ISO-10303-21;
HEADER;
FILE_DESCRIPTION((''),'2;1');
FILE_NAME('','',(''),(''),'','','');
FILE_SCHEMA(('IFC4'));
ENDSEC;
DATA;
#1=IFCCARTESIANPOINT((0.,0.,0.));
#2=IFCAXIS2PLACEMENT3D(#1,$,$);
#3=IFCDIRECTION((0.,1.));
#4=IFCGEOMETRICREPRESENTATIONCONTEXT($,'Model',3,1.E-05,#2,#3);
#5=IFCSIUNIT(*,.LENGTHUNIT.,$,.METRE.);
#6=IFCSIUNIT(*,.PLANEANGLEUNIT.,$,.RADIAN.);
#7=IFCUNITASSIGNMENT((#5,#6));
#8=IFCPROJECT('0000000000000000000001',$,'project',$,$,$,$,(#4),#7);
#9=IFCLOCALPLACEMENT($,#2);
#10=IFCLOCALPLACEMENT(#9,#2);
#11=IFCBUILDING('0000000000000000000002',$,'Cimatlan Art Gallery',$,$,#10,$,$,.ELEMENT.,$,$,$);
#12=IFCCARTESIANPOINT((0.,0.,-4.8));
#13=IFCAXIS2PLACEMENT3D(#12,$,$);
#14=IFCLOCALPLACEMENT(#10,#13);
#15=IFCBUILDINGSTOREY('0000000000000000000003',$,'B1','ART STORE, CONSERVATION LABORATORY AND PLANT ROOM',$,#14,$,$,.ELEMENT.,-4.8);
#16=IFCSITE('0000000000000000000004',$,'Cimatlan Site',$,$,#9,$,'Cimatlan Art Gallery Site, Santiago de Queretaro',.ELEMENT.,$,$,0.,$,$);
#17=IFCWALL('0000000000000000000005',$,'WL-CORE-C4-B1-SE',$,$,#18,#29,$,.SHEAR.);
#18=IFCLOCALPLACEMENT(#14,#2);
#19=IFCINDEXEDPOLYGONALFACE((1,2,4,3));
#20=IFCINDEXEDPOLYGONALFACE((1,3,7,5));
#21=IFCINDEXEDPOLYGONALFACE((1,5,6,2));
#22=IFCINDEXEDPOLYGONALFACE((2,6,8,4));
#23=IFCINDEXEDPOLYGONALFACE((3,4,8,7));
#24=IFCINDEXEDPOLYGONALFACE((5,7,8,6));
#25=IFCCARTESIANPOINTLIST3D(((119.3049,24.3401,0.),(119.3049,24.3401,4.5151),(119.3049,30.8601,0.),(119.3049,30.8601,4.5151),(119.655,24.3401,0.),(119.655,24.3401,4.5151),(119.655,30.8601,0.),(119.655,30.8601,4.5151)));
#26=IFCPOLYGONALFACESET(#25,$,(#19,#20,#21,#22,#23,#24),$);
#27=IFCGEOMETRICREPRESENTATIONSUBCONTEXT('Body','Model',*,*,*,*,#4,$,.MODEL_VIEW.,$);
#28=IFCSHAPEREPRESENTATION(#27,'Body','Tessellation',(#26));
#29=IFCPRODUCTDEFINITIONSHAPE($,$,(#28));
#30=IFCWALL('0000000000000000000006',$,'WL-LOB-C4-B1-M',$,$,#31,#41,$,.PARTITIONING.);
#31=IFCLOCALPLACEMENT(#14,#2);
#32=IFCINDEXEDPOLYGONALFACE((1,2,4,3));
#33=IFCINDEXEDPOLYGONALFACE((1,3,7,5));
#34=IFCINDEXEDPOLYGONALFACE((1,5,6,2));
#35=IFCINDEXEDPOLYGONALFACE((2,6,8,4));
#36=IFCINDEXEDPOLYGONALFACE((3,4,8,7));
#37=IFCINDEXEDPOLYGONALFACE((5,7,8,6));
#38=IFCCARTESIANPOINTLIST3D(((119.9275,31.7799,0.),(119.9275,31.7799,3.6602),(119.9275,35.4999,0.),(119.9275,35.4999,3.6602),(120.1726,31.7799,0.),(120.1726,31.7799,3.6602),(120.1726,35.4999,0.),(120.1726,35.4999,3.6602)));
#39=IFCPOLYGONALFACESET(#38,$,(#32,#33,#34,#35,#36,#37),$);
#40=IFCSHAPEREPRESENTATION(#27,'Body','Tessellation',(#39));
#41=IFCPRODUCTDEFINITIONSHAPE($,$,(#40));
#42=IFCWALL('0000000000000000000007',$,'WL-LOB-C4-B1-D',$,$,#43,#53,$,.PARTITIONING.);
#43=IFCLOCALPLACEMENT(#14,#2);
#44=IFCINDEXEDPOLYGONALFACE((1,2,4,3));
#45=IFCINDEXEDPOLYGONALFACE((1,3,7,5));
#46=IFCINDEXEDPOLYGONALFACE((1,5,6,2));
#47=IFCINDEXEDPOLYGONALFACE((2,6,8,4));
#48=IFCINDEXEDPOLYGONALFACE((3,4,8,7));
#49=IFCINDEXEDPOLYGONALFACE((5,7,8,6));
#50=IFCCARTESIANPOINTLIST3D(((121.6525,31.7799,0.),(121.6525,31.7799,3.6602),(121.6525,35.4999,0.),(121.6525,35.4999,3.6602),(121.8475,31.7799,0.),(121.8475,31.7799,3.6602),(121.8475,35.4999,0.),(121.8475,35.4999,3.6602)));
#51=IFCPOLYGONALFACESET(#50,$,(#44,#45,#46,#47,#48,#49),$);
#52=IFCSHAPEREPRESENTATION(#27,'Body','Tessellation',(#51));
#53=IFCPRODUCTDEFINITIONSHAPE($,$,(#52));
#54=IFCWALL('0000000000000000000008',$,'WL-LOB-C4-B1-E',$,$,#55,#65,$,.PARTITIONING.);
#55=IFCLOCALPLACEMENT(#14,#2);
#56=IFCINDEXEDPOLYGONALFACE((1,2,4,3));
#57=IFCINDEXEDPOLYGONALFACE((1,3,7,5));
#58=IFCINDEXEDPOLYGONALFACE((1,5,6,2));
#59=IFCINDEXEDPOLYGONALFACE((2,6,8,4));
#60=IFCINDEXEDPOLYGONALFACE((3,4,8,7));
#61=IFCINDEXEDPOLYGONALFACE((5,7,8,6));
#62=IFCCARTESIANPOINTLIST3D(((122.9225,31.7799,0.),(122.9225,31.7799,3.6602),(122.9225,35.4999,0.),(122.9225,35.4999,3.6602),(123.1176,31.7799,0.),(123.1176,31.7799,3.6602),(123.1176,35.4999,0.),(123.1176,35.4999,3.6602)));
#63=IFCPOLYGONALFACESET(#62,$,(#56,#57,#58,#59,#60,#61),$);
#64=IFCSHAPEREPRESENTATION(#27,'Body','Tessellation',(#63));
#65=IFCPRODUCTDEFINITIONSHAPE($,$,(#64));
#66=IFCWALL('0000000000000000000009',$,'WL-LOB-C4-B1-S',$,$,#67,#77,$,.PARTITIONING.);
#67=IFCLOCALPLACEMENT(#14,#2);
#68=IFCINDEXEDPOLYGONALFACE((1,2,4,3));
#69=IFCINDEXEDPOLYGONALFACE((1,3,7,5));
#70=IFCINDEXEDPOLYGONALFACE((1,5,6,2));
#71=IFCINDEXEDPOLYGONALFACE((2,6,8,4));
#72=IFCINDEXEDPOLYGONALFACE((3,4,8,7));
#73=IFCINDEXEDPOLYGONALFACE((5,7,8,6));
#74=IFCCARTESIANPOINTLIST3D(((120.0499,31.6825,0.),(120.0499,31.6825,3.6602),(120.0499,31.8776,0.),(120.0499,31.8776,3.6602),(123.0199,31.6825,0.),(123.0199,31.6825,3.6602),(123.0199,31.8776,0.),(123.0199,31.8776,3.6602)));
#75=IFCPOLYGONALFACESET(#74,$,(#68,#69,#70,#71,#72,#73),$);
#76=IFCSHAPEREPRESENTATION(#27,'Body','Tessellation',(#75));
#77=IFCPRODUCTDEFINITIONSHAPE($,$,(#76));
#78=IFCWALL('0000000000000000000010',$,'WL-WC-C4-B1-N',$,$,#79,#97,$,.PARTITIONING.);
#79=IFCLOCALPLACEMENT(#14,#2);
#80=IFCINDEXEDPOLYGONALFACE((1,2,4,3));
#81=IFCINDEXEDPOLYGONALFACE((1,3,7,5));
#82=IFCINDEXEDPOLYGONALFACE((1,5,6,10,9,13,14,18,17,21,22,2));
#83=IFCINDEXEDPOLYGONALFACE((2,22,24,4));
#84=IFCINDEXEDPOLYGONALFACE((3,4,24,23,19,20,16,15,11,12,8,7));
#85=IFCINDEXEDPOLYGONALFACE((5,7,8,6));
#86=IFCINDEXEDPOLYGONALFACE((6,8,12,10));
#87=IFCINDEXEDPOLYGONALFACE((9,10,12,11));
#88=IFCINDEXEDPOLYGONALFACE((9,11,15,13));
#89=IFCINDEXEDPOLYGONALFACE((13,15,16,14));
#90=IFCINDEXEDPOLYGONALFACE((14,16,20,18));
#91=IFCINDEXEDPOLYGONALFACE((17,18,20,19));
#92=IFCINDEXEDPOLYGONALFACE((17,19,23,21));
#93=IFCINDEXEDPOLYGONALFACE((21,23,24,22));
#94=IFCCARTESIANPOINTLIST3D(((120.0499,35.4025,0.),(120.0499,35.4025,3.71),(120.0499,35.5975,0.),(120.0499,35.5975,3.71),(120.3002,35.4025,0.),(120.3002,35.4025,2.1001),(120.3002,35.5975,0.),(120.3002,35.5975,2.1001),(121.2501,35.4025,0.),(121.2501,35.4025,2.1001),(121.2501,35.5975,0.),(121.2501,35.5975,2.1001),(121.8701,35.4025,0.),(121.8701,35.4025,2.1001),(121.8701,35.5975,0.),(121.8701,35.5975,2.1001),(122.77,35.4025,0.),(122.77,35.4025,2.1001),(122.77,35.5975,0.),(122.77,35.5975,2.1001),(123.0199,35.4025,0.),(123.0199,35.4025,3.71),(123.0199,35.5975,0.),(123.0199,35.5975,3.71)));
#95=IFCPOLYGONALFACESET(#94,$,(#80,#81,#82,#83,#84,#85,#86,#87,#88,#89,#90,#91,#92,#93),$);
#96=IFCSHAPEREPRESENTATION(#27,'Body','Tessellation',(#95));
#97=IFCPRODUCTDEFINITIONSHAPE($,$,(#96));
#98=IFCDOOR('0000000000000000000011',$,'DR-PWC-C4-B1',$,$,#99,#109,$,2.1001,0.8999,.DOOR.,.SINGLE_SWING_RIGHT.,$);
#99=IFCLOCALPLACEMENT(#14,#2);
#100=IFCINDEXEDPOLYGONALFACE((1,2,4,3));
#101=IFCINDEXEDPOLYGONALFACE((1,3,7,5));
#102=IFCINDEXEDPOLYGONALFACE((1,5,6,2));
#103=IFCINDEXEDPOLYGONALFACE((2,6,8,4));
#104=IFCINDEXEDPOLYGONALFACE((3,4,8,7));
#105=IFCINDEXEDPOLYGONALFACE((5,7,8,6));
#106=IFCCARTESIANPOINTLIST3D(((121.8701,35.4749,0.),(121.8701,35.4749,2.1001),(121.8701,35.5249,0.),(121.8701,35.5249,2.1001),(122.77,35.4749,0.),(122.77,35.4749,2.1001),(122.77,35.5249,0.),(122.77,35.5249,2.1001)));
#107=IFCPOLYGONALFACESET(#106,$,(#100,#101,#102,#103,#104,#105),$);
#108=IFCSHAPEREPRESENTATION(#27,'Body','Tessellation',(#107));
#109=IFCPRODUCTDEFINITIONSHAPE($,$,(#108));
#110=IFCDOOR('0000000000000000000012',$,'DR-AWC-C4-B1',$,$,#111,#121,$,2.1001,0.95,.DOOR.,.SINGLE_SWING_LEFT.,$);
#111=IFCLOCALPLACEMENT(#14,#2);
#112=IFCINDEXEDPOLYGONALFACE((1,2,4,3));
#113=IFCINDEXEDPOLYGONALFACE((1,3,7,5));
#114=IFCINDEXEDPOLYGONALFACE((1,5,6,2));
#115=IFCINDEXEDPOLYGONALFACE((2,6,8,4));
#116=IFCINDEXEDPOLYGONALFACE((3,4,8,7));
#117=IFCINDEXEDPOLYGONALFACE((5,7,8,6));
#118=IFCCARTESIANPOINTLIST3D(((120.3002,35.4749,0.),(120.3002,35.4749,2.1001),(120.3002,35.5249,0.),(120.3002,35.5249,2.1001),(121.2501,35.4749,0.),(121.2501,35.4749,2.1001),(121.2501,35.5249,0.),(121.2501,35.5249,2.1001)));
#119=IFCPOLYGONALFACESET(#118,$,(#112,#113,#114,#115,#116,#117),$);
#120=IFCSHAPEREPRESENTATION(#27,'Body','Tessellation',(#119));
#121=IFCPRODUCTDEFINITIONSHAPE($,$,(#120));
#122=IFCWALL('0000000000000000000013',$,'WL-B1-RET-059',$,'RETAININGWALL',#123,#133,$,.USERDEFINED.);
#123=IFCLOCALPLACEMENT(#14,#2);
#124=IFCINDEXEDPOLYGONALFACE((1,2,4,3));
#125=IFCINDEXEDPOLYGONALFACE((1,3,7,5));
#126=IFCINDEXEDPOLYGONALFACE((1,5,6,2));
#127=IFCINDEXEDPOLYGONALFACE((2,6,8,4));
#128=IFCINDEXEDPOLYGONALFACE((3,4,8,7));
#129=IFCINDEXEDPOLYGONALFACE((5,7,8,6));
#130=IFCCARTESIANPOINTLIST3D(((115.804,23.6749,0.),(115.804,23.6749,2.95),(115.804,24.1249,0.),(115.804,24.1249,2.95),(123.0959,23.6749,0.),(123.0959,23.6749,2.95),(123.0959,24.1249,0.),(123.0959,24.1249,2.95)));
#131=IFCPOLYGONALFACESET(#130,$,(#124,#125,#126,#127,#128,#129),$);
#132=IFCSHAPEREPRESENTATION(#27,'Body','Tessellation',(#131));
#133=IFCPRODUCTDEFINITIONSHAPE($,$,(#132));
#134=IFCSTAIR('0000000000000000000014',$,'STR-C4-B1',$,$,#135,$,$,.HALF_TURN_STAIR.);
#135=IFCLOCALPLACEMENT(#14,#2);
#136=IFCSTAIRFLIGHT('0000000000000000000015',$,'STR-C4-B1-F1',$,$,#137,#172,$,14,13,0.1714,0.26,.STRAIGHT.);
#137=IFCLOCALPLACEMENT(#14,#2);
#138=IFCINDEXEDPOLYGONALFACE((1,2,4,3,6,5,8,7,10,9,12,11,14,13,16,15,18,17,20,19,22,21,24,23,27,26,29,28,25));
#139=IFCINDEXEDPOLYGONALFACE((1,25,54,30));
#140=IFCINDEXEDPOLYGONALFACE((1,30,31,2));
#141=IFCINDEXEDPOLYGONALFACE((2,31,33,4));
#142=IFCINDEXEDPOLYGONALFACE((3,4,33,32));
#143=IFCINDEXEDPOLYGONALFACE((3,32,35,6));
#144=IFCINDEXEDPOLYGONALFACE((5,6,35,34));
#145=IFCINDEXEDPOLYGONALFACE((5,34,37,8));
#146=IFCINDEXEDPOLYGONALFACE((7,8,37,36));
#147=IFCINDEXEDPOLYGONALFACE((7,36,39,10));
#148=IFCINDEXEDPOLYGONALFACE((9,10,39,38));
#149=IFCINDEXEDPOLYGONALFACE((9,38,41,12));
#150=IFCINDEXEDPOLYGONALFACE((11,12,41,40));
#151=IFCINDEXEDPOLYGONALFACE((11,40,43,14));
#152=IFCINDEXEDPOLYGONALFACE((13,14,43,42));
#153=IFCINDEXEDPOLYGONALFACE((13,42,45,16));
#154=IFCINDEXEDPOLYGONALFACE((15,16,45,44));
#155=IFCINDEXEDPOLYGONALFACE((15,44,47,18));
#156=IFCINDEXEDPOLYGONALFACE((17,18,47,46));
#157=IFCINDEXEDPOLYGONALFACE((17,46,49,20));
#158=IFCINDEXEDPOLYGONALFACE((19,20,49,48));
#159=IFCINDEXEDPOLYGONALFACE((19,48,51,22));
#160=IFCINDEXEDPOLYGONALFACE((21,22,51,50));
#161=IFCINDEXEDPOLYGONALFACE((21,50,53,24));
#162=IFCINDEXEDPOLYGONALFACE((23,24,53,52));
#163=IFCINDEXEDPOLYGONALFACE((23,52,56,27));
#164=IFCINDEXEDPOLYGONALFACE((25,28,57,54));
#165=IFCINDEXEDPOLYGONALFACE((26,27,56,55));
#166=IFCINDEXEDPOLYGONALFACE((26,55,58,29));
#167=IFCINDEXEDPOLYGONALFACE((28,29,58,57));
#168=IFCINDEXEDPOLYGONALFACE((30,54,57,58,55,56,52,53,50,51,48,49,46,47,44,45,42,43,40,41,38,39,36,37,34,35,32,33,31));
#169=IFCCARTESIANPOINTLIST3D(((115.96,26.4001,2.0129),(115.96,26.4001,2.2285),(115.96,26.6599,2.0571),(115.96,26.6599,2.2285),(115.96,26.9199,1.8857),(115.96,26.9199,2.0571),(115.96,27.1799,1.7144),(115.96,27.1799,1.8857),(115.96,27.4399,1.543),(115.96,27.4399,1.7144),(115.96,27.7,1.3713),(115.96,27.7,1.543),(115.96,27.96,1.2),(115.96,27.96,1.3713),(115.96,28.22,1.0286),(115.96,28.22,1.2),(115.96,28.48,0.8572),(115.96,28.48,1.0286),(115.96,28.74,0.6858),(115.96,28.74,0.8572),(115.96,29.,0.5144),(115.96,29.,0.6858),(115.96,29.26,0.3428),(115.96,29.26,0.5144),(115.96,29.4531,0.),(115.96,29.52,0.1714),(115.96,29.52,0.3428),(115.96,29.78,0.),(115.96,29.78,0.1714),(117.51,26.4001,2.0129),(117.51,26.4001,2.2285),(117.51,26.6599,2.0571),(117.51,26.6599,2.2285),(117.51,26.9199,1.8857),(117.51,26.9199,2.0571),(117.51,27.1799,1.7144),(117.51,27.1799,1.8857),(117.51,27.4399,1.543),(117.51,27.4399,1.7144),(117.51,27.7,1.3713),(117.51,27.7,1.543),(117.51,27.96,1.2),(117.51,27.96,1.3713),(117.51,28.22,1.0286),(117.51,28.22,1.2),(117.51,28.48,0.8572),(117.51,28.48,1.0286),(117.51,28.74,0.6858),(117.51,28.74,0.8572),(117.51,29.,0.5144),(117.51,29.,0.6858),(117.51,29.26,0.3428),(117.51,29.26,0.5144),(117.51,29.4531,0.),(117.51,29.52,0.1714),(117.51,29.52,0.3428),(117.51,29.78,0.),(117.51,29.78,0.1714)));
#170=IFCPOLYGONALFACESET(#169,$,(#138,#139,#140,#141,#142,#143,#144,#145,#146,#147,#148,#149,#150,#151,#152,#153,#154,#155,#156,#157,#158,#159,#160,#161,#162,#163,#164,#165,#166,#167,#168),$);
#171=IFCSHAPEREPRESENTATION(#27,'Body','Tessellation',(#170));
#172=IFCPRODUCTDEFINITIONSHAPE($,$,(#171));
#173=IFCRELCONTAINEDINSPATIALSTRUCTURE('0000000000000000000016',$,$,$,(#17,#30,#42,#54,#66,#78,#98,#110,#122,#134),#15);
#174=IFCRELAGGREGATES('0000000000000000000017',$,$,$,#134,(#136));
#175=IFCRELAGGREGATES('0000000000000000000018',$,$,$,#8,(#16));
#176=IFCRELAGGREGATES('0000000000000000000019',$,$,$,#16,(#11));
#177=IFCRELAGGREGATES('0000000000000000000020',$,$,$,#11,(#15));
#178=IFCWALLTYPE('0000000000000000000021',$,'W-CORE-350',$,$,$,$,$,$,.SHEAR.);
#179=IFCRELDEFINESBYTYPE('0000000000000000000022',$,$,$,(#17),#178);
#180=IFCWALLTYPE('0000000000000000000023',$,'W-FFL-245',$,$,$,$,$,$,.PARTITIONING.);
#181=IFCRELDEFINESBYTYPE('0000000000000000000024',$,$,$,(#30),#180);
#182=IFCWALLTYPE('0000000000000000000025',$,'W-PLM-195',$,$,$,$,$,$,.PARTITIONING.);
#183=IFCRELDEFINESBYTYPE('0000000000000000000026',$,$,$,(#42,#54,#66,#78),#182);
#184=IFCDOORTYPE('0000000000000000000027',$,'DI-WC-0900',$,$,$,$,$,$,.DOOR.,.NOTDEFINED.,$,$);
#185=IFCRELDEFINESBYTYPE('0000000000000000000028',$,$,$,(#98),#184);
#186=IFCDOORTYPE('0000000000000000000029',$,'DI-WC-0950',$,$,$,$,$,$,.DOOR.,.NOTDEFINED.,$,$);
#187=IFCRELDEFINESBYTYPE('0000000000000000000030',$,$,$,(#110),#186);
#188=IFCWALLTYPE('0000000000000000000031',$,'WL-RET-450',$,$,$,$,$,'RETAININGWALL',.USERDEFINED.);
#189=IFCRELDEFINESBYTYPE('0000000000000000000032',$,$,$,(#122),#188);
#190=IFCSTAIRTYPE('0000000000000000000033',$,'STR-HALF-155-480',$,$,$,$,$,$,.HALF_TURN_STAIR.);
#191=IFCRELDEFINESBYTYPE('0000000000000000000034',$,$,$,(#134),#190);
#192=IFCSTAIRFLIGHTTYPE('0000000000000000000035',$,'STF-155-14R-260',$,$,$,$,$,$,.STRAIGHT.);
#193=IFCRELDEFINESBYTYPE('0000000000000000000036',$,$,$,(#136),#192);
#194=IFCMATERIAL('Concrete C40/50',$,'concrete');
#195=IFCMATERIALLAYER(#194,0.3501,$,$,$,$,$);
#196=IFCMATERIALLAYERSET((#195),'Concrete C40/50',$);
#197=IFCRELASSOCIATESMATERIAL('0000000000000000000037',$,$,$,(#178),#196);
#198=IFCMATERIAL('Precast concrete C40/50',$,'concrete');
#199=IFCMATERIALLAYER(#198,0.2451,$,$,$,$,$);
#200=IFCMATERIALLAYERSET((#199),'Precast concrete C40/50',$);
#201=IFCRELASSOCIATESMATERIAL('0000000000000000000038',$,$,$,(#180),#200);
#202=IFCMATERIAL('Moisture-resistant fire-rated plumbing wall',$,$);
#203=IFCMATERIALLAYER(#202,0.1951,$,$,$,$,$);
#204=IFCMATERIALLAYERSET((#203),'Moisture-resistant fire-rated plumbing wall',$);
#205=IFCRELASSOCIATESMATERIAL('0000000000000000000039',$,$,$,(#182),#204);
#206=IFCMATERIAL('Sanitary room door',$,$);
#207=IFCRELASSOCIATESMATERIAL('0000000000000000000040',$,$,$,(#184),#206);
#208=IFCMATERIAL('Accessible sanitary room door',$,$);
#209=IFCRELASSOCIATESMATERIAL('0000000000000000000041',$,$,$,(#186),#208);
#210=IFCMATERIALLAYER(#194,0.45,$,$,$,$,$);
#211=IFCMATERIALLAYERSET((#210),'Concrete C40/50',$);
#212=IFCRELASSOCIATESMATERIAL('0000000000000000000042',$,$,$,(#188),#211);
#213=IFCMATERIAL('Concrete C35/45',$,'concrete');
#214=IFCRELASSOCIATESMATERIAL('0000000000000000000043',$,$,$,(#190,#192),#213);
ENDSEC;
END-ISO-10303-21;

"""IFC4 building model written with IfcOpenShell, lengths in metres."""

from ifc_helpers import new_model, si_unit, direction, frame, frame_2d, origin, place, context, subcontext, project, spatial, polyline, rectangle, outline, extrude, material, layer, layer_set, type_object, element, fill, aggregate, save


model = new_model("IFC4")

# Units and contexts
model_context = context("Model", 3, precision=1e-05, world=origin(), true_north=direction((0.0, 1.0)))
body_context = subcontext(model_context, "Body", "Model", "MODEL_VIEW")
ifc_project = project(units=[si_unit("LENGTHUNIT", "METRE"), si_unit("PLANEANGLEUNIT", "RADIAN")], contexts=[model_context])

# Site, building, storey
site_placement = place(None, origin())
site = spatial("IfcSite", under=ifc_project, at=site_placement, Name="Cimatlan Site", LongName="Cimatlan Art Gallery Site, Santiago de Queretaro", CompositionType="ELEMENT", RefElevation=0.0)
building_placement = place(site_placement, origin())
building = spatial("IfcBuilding", under=site, at=building_placement, Name="Cimatlan Art Gallery", CompositionType="ELEMENT")
storey_placement = place(building_placement, frame((0.0, 0.0, -4.8)))
storey = spatial("IfcBuildingStorey", under=building, at=storey_placement, Name="B1", Description="ART STORE, CONSERVATION LABORATORY AND PLANT ROOM", CompositionType="ELEMENT", Elevation=-4.8)

# Shared definitions
ifc_material_1 = material(Name="Concrete C40/50", Category="concrete")

# Walls
ifc_layer_1 = layer(ifc_material_1, 0.3501)
ifc_layer_set_1 = layer_set([ifc_layer_1], Name="Concrete C40/50")
wall_type_1 = type_object("IfcWallType", Name="W-CORE-350", PredefinedType="SHEAR", material=ifc_layer_set_1)
wall_1_placement = place(storey_placement, frame((119.48, 24.3401, 0.0), z_axis=(0.0, 0.0, 1.0), x_axis=(0.0, 1.0, 0.0)))
element("IfcWall", 1, at=wall_1_placement, inside=storey, type_object=wall_type_1, Name="WL-CORE-C4-B1-SE", PredefinedType="SHEAR", context=body_context, shape_type="SweptSolid", body=[
    extrude(rectangle(XDim=6.52, YDim=0.3501, at=frame_2d((3.26, 0.0))), origin(), (0.0, 0.0, 1.0), 4.5151),
])
ifc_material_2 = material(Name="Precast concrete C40/50", Category="concrete")
ifc_layer_2 = layer(ifc_material_2, 0.2451)
ifc_layer_set_2 = layer_set([ifc_layer_2], Name="Precast concrete C40/50")
wall_type_2 = type_object("IfcWallType", Name="W-FFL-245", PredefinedType="PARTITIONING", material=ifc_layer_set_2)
wall_2_placement = place(storey_placement, frame((120.05, 31.78, 0.0), z_axis=(0.0, 0.0, 1.0), x_axis=(0.0, 1.0, 0.0)))
element("IfcWall", 2, at=wall_2_placement, inside=storey, type_object=wall_type_2, Name="WL-LOB-C4-B1-M", PredefinedType="PARTITIONING", context=body_context, shape_type="SweptSolid", body=[
    extrude(rectangle(XDim=3.72, YDim=0.2451, at=frame_2d((1.8599, 0.0))), origin(), (0.0, 0.0, 1.0), 3.6602),
])
ifc_material_3 = material(Name="Moisture-resistant fire-rated plumbing wall")
ifc_layer_3 = layer(ifc_material_3, 0.1951)
ifc_layer_set_3 = layer_set([ifc_layer_3], Name="Moisture-resistant fire-rated plumbing wall")
wall_type_3 = type_object("IfcWallType", Name="W-PLM-195", PredefinedType="PARTITIONING", material=ifc_layer_set_3)
for number, where, z_axis, x_axis, name in (
    (3, (121.75, 31.78, 0.0), (0.0, 0.0, 1.0), (0.0, 1.0, 0.0), "WL-LOB-C4-B1-D"),
    (4, (123.02, 31.78, 0.0), (0.0, 0.0, 1.0), (0.0, 1.0, 0.0), "WL-LOB-C4-B1-E"),
):
    element("IfcWall", number, at=place(storey_placement, frame(where, z_axis=z_axis, x_axis=x_axis)), inside=storey, type_object=wall_type_3, Name=name, PredefinedType="PARTITIONING", context=body_context, shape_type="SweptSolid", body=[
        extrude(rectangle(XDim=3.72, YDim=0.1951, at=frame_2d((1.8599, 0.0))), origin(), (0.0, 0.0, 1.0), 3.6602),
    ])
wall_3_placement = place(storey_placement, frame((120.05, 31.78, 0.0), z_axis=(0.0, 0.0, 1.0), x_axis=(1.0, 0.0, 0.0)))
element("IfcWall", 5, at=wall_3_placement, inside=storey, type_object=wall_type_3, Name="WL-LOB-C4-B1-S", PredefinedType="PARTITIONING", context=body_context, shape_type="SweptSolid", body=[
    extrude(rectangle(XDim=2.97, YDim=0.1951, at=frame_2d((1.4849, 0.0))), origin(), (0.0, 0.0, 1.0), 3.6602),
])

# Wall, openings, doors
wall_4_placement = place(storey_placement, frame((120.05, 35.5, 0.0), z_axis=(0.0, 0.0, 1.0), x_axis=(1.0, 0.0, 0.0)))
wall_4 = element("IfcWall", 6, at=wall_4_placement, inside=storey, type_object=wall_type_3, Name="WL-WC-C4-B1-N", PredefinedType="PARTITIONING", context=body_context, shape_type="SweptSolid", body=[
    extrude(rectangle(XDim=2.97, YDim=0.1951, at=frame_2d((1.4849, 0.0))), origin(), (0.0, 0.0, 1.0), 3.71),
])
opening_1_placement = place(wall_4_placement, frame((0.25, 0.0, 0.0)))
opening_1 = element("IfcOpeningElement", 7, at=opening_1_placement, cuts=wall_4, PredefinedType="OPENING", context=body_context, shape_type="SweptSolid", body=[
    extrude(rectangle(XDim=0.95, YDim=2.1001, at=frame_2d((0.4751, 1.05))), frame((0.0, 0.1074, 0.0), z_axis=(0.0, -1.0, 0.0), x_axis=(1.0, 0.0, 0.0)), (0.0, 0.0, 1.0), 0.2151),
])
opening_2_placement = place(wall_4_placement, frame((1.8201, 0.0, 0.0)))
opening_2 = element("IfcOpeningElement", 8, at=opening_2_placement, cuts=wall_4, PredefinedType="OPENING", context=body_context, shape_type="SweptSolid", body=[
    extrude(rectangle(XDim=0.8999, YDim=2.1001, at=frame_2d((0.45, 1.05))), frame((0.0, 0.1074, 0.0), z_axis=(0.0, -1.0, 0.0), x_axis=(1.0, 0.0, 0.0)), (0.0, 0.0, 1.0), 0.2151),
])
ifc_material_4 = material(Name="Sanitary room door")
door_type_1 = type_object("IfcDoorType", Name="DI-WC-0900", OperationType="NOTDEFINED", PredefinedType="DOOR", material=ifc_material_4)
door_1_placement = place(opening_2_placement, origin())
door_1 = element("IfcDoor", 9, at=door_1_placement, inside=storey, type_object=door_type_1, Name="DR-PWC-C4-B1", OperationType="SINGLE_SWING_RIGHT", OverallHeight=2.1001, OverallWidth=0.8999, PredefinedType="DOOR", context=body_context, shape_type="SweptSolid", body=[
    extrude(rectangle(XDim=0.8999, YDim=2.1001, at=frame_2d((0.45, 1.05))), frame((0.0, 0.0249, 0.0), z_axis=(0.0, -1.0, 0.0), x_axis=(1.0, 0.0, 0.0)), (0.0, 0.0, 1.0), 0.05),
])
fill(opening_2, door_1)
ifc_material_5 = material(Name="Accessible sanitary room door")
door_type_2 = type_object("IfcDoorType", Name="DI-WC-0950", OperationType="NOTDEFINED", PredefinedType="DOOR", material=ifc_material_5)
door_2_placement = place(opening_1_placement, origin())
door_2 = element("IfcDoor", 10, at=door_2_placement, inside=storey, type_object=door_type_2, Name="DR-AWC-C4-B1", OperationType="SINGLE_SWING_LEFT", OverallHeight=2.1001, OverallWidth=0.95, PredefinedType="DOOR", context=body_context, shape_type="SweptSolid", body=[
    extrude(rectangle(XDim=0.95, YDim=2.1001, at=frame_2d((0.4751, 1.05))), frame((0.0, 0.0249, 0.0), z_axis=(0.0, -1.0, 0.0), x_axis=(1.0, 0.0, 0.0)), (0.0, 0.0, 1.0), 0.05),
])
fill(opening_1, door_2)

# Wall
ifc_layer_4 = layer(ifc_material_1, 0.45)
ifc_layer_set_4 = layer_set([ifc_layer_4], Name="Concrete C40/50")
wall_type_4 = type_object("IfcWallType", Name="WL-RET-450", ElementType="RETAININGWALL", PredefinedType="USERDEFINED", material=ifc_layer_set_4)
wall_5_placement = place(storey_placement, frame((123.0959, 23.8999, 0.0), z_axis=(0.0, 0.0, 1.0), x_axis=(-1.0, 0.0, 0.0)))
element("IfcWall", 11, at=wall_5_placement, inside=storey, type_object=wall_type_4, Name="WL-B1-RET-059", ObjectType="RETAININGWALL", PredefinedType="USERDEFINED", context=body_context, shape_type="SweptSolid", body=[
    extrude(rectangle(XDim=7.292, YDim=0.45, at=frame_2d((3.646, 0.0))), origin(), (0.0, 0.0, 1.0), 2.95),
])

# Stair, stair flight
ifc_material_6 = material(Name="Concrete C35/45", Category="concrete")
stair_type = type_object("IfcStairType", Name="STR-HALF-155-480", PredefinedType="HALF_TURN_STAIR", material=ifc_material_6)
stair_placement = place(storey_placement, origin())
stair = element("IfcStair", 12, at=stair_placement, inside=storey, type_object=stair_type, Name="STR-C4-B1", PredefinedType="HALF_TURN_STAIR")
stair_flight_type = type_object("IfcStairFlightType", Name="STF-155-14R-260", PredefinedType="STRAIGHT", material=ifc_material_6)
stair_flight_1_placement = place(storey_placement, frame((116.7351, 29.78, 0.0), z_axis=(0.0, 0.0, 1.0), x_axis=(0.0, -1.0, 0.0)))
stair_flight_1 = element("IfcStairFlight", 13, at=stair_flight_1_placement, type_object=stair_flight_type, Name="STR-C4-B1-F1", NumberOfRisers=14, NumberOfTreads=13, PredefinedType="STRAIGHT", RiserHeight=0.1714, TreadLength=0.26, context=body_context, shape_type="SweptSolid", body=[
    extrude(outline(polyline([(0.0, 0.0), (0.0, 0.1714), (0.26, 0.1714), (0.26, 0.3428), (0.52, 0.3428), (0.52, 0.5144), (0.78, 0.5144), (0.78, 0.6858), (1.04, 0.6858), (1.04, 0.8572), (1.3, 0.8572), (1.3, 1.0286), (1.5601, 1.0286), (1.5601, 1.2), (1.8201, 1.2), (1.8201, 1.3713), (2.0801, 1.3713), (2.0801, 1.543), (2.3401, 1.543), (2.3401, 1.7144), (2.6001, 1.7144), (2.6001, 1.8857), (2.8601, 1.8857), (2.8601, 2.0571), (3.1201, 2.0571), (3.1201, 2.2285), (3.3799, 2.2285), (3.3799, 2.3999), (3.3799, 2.0129), (0.3269, 0.0), (0.0, 0.0)])), frame((0.0, 0.7749, 0.0), z_axis=(0.0, -1.0, 0.0), x_axis=(1.0, 0.0, 0.0)), (0.0, 0.0, 1.0), 1.55),
])
aggregate(stair, [stair_flight_1])

save(model, "model.ifc")
